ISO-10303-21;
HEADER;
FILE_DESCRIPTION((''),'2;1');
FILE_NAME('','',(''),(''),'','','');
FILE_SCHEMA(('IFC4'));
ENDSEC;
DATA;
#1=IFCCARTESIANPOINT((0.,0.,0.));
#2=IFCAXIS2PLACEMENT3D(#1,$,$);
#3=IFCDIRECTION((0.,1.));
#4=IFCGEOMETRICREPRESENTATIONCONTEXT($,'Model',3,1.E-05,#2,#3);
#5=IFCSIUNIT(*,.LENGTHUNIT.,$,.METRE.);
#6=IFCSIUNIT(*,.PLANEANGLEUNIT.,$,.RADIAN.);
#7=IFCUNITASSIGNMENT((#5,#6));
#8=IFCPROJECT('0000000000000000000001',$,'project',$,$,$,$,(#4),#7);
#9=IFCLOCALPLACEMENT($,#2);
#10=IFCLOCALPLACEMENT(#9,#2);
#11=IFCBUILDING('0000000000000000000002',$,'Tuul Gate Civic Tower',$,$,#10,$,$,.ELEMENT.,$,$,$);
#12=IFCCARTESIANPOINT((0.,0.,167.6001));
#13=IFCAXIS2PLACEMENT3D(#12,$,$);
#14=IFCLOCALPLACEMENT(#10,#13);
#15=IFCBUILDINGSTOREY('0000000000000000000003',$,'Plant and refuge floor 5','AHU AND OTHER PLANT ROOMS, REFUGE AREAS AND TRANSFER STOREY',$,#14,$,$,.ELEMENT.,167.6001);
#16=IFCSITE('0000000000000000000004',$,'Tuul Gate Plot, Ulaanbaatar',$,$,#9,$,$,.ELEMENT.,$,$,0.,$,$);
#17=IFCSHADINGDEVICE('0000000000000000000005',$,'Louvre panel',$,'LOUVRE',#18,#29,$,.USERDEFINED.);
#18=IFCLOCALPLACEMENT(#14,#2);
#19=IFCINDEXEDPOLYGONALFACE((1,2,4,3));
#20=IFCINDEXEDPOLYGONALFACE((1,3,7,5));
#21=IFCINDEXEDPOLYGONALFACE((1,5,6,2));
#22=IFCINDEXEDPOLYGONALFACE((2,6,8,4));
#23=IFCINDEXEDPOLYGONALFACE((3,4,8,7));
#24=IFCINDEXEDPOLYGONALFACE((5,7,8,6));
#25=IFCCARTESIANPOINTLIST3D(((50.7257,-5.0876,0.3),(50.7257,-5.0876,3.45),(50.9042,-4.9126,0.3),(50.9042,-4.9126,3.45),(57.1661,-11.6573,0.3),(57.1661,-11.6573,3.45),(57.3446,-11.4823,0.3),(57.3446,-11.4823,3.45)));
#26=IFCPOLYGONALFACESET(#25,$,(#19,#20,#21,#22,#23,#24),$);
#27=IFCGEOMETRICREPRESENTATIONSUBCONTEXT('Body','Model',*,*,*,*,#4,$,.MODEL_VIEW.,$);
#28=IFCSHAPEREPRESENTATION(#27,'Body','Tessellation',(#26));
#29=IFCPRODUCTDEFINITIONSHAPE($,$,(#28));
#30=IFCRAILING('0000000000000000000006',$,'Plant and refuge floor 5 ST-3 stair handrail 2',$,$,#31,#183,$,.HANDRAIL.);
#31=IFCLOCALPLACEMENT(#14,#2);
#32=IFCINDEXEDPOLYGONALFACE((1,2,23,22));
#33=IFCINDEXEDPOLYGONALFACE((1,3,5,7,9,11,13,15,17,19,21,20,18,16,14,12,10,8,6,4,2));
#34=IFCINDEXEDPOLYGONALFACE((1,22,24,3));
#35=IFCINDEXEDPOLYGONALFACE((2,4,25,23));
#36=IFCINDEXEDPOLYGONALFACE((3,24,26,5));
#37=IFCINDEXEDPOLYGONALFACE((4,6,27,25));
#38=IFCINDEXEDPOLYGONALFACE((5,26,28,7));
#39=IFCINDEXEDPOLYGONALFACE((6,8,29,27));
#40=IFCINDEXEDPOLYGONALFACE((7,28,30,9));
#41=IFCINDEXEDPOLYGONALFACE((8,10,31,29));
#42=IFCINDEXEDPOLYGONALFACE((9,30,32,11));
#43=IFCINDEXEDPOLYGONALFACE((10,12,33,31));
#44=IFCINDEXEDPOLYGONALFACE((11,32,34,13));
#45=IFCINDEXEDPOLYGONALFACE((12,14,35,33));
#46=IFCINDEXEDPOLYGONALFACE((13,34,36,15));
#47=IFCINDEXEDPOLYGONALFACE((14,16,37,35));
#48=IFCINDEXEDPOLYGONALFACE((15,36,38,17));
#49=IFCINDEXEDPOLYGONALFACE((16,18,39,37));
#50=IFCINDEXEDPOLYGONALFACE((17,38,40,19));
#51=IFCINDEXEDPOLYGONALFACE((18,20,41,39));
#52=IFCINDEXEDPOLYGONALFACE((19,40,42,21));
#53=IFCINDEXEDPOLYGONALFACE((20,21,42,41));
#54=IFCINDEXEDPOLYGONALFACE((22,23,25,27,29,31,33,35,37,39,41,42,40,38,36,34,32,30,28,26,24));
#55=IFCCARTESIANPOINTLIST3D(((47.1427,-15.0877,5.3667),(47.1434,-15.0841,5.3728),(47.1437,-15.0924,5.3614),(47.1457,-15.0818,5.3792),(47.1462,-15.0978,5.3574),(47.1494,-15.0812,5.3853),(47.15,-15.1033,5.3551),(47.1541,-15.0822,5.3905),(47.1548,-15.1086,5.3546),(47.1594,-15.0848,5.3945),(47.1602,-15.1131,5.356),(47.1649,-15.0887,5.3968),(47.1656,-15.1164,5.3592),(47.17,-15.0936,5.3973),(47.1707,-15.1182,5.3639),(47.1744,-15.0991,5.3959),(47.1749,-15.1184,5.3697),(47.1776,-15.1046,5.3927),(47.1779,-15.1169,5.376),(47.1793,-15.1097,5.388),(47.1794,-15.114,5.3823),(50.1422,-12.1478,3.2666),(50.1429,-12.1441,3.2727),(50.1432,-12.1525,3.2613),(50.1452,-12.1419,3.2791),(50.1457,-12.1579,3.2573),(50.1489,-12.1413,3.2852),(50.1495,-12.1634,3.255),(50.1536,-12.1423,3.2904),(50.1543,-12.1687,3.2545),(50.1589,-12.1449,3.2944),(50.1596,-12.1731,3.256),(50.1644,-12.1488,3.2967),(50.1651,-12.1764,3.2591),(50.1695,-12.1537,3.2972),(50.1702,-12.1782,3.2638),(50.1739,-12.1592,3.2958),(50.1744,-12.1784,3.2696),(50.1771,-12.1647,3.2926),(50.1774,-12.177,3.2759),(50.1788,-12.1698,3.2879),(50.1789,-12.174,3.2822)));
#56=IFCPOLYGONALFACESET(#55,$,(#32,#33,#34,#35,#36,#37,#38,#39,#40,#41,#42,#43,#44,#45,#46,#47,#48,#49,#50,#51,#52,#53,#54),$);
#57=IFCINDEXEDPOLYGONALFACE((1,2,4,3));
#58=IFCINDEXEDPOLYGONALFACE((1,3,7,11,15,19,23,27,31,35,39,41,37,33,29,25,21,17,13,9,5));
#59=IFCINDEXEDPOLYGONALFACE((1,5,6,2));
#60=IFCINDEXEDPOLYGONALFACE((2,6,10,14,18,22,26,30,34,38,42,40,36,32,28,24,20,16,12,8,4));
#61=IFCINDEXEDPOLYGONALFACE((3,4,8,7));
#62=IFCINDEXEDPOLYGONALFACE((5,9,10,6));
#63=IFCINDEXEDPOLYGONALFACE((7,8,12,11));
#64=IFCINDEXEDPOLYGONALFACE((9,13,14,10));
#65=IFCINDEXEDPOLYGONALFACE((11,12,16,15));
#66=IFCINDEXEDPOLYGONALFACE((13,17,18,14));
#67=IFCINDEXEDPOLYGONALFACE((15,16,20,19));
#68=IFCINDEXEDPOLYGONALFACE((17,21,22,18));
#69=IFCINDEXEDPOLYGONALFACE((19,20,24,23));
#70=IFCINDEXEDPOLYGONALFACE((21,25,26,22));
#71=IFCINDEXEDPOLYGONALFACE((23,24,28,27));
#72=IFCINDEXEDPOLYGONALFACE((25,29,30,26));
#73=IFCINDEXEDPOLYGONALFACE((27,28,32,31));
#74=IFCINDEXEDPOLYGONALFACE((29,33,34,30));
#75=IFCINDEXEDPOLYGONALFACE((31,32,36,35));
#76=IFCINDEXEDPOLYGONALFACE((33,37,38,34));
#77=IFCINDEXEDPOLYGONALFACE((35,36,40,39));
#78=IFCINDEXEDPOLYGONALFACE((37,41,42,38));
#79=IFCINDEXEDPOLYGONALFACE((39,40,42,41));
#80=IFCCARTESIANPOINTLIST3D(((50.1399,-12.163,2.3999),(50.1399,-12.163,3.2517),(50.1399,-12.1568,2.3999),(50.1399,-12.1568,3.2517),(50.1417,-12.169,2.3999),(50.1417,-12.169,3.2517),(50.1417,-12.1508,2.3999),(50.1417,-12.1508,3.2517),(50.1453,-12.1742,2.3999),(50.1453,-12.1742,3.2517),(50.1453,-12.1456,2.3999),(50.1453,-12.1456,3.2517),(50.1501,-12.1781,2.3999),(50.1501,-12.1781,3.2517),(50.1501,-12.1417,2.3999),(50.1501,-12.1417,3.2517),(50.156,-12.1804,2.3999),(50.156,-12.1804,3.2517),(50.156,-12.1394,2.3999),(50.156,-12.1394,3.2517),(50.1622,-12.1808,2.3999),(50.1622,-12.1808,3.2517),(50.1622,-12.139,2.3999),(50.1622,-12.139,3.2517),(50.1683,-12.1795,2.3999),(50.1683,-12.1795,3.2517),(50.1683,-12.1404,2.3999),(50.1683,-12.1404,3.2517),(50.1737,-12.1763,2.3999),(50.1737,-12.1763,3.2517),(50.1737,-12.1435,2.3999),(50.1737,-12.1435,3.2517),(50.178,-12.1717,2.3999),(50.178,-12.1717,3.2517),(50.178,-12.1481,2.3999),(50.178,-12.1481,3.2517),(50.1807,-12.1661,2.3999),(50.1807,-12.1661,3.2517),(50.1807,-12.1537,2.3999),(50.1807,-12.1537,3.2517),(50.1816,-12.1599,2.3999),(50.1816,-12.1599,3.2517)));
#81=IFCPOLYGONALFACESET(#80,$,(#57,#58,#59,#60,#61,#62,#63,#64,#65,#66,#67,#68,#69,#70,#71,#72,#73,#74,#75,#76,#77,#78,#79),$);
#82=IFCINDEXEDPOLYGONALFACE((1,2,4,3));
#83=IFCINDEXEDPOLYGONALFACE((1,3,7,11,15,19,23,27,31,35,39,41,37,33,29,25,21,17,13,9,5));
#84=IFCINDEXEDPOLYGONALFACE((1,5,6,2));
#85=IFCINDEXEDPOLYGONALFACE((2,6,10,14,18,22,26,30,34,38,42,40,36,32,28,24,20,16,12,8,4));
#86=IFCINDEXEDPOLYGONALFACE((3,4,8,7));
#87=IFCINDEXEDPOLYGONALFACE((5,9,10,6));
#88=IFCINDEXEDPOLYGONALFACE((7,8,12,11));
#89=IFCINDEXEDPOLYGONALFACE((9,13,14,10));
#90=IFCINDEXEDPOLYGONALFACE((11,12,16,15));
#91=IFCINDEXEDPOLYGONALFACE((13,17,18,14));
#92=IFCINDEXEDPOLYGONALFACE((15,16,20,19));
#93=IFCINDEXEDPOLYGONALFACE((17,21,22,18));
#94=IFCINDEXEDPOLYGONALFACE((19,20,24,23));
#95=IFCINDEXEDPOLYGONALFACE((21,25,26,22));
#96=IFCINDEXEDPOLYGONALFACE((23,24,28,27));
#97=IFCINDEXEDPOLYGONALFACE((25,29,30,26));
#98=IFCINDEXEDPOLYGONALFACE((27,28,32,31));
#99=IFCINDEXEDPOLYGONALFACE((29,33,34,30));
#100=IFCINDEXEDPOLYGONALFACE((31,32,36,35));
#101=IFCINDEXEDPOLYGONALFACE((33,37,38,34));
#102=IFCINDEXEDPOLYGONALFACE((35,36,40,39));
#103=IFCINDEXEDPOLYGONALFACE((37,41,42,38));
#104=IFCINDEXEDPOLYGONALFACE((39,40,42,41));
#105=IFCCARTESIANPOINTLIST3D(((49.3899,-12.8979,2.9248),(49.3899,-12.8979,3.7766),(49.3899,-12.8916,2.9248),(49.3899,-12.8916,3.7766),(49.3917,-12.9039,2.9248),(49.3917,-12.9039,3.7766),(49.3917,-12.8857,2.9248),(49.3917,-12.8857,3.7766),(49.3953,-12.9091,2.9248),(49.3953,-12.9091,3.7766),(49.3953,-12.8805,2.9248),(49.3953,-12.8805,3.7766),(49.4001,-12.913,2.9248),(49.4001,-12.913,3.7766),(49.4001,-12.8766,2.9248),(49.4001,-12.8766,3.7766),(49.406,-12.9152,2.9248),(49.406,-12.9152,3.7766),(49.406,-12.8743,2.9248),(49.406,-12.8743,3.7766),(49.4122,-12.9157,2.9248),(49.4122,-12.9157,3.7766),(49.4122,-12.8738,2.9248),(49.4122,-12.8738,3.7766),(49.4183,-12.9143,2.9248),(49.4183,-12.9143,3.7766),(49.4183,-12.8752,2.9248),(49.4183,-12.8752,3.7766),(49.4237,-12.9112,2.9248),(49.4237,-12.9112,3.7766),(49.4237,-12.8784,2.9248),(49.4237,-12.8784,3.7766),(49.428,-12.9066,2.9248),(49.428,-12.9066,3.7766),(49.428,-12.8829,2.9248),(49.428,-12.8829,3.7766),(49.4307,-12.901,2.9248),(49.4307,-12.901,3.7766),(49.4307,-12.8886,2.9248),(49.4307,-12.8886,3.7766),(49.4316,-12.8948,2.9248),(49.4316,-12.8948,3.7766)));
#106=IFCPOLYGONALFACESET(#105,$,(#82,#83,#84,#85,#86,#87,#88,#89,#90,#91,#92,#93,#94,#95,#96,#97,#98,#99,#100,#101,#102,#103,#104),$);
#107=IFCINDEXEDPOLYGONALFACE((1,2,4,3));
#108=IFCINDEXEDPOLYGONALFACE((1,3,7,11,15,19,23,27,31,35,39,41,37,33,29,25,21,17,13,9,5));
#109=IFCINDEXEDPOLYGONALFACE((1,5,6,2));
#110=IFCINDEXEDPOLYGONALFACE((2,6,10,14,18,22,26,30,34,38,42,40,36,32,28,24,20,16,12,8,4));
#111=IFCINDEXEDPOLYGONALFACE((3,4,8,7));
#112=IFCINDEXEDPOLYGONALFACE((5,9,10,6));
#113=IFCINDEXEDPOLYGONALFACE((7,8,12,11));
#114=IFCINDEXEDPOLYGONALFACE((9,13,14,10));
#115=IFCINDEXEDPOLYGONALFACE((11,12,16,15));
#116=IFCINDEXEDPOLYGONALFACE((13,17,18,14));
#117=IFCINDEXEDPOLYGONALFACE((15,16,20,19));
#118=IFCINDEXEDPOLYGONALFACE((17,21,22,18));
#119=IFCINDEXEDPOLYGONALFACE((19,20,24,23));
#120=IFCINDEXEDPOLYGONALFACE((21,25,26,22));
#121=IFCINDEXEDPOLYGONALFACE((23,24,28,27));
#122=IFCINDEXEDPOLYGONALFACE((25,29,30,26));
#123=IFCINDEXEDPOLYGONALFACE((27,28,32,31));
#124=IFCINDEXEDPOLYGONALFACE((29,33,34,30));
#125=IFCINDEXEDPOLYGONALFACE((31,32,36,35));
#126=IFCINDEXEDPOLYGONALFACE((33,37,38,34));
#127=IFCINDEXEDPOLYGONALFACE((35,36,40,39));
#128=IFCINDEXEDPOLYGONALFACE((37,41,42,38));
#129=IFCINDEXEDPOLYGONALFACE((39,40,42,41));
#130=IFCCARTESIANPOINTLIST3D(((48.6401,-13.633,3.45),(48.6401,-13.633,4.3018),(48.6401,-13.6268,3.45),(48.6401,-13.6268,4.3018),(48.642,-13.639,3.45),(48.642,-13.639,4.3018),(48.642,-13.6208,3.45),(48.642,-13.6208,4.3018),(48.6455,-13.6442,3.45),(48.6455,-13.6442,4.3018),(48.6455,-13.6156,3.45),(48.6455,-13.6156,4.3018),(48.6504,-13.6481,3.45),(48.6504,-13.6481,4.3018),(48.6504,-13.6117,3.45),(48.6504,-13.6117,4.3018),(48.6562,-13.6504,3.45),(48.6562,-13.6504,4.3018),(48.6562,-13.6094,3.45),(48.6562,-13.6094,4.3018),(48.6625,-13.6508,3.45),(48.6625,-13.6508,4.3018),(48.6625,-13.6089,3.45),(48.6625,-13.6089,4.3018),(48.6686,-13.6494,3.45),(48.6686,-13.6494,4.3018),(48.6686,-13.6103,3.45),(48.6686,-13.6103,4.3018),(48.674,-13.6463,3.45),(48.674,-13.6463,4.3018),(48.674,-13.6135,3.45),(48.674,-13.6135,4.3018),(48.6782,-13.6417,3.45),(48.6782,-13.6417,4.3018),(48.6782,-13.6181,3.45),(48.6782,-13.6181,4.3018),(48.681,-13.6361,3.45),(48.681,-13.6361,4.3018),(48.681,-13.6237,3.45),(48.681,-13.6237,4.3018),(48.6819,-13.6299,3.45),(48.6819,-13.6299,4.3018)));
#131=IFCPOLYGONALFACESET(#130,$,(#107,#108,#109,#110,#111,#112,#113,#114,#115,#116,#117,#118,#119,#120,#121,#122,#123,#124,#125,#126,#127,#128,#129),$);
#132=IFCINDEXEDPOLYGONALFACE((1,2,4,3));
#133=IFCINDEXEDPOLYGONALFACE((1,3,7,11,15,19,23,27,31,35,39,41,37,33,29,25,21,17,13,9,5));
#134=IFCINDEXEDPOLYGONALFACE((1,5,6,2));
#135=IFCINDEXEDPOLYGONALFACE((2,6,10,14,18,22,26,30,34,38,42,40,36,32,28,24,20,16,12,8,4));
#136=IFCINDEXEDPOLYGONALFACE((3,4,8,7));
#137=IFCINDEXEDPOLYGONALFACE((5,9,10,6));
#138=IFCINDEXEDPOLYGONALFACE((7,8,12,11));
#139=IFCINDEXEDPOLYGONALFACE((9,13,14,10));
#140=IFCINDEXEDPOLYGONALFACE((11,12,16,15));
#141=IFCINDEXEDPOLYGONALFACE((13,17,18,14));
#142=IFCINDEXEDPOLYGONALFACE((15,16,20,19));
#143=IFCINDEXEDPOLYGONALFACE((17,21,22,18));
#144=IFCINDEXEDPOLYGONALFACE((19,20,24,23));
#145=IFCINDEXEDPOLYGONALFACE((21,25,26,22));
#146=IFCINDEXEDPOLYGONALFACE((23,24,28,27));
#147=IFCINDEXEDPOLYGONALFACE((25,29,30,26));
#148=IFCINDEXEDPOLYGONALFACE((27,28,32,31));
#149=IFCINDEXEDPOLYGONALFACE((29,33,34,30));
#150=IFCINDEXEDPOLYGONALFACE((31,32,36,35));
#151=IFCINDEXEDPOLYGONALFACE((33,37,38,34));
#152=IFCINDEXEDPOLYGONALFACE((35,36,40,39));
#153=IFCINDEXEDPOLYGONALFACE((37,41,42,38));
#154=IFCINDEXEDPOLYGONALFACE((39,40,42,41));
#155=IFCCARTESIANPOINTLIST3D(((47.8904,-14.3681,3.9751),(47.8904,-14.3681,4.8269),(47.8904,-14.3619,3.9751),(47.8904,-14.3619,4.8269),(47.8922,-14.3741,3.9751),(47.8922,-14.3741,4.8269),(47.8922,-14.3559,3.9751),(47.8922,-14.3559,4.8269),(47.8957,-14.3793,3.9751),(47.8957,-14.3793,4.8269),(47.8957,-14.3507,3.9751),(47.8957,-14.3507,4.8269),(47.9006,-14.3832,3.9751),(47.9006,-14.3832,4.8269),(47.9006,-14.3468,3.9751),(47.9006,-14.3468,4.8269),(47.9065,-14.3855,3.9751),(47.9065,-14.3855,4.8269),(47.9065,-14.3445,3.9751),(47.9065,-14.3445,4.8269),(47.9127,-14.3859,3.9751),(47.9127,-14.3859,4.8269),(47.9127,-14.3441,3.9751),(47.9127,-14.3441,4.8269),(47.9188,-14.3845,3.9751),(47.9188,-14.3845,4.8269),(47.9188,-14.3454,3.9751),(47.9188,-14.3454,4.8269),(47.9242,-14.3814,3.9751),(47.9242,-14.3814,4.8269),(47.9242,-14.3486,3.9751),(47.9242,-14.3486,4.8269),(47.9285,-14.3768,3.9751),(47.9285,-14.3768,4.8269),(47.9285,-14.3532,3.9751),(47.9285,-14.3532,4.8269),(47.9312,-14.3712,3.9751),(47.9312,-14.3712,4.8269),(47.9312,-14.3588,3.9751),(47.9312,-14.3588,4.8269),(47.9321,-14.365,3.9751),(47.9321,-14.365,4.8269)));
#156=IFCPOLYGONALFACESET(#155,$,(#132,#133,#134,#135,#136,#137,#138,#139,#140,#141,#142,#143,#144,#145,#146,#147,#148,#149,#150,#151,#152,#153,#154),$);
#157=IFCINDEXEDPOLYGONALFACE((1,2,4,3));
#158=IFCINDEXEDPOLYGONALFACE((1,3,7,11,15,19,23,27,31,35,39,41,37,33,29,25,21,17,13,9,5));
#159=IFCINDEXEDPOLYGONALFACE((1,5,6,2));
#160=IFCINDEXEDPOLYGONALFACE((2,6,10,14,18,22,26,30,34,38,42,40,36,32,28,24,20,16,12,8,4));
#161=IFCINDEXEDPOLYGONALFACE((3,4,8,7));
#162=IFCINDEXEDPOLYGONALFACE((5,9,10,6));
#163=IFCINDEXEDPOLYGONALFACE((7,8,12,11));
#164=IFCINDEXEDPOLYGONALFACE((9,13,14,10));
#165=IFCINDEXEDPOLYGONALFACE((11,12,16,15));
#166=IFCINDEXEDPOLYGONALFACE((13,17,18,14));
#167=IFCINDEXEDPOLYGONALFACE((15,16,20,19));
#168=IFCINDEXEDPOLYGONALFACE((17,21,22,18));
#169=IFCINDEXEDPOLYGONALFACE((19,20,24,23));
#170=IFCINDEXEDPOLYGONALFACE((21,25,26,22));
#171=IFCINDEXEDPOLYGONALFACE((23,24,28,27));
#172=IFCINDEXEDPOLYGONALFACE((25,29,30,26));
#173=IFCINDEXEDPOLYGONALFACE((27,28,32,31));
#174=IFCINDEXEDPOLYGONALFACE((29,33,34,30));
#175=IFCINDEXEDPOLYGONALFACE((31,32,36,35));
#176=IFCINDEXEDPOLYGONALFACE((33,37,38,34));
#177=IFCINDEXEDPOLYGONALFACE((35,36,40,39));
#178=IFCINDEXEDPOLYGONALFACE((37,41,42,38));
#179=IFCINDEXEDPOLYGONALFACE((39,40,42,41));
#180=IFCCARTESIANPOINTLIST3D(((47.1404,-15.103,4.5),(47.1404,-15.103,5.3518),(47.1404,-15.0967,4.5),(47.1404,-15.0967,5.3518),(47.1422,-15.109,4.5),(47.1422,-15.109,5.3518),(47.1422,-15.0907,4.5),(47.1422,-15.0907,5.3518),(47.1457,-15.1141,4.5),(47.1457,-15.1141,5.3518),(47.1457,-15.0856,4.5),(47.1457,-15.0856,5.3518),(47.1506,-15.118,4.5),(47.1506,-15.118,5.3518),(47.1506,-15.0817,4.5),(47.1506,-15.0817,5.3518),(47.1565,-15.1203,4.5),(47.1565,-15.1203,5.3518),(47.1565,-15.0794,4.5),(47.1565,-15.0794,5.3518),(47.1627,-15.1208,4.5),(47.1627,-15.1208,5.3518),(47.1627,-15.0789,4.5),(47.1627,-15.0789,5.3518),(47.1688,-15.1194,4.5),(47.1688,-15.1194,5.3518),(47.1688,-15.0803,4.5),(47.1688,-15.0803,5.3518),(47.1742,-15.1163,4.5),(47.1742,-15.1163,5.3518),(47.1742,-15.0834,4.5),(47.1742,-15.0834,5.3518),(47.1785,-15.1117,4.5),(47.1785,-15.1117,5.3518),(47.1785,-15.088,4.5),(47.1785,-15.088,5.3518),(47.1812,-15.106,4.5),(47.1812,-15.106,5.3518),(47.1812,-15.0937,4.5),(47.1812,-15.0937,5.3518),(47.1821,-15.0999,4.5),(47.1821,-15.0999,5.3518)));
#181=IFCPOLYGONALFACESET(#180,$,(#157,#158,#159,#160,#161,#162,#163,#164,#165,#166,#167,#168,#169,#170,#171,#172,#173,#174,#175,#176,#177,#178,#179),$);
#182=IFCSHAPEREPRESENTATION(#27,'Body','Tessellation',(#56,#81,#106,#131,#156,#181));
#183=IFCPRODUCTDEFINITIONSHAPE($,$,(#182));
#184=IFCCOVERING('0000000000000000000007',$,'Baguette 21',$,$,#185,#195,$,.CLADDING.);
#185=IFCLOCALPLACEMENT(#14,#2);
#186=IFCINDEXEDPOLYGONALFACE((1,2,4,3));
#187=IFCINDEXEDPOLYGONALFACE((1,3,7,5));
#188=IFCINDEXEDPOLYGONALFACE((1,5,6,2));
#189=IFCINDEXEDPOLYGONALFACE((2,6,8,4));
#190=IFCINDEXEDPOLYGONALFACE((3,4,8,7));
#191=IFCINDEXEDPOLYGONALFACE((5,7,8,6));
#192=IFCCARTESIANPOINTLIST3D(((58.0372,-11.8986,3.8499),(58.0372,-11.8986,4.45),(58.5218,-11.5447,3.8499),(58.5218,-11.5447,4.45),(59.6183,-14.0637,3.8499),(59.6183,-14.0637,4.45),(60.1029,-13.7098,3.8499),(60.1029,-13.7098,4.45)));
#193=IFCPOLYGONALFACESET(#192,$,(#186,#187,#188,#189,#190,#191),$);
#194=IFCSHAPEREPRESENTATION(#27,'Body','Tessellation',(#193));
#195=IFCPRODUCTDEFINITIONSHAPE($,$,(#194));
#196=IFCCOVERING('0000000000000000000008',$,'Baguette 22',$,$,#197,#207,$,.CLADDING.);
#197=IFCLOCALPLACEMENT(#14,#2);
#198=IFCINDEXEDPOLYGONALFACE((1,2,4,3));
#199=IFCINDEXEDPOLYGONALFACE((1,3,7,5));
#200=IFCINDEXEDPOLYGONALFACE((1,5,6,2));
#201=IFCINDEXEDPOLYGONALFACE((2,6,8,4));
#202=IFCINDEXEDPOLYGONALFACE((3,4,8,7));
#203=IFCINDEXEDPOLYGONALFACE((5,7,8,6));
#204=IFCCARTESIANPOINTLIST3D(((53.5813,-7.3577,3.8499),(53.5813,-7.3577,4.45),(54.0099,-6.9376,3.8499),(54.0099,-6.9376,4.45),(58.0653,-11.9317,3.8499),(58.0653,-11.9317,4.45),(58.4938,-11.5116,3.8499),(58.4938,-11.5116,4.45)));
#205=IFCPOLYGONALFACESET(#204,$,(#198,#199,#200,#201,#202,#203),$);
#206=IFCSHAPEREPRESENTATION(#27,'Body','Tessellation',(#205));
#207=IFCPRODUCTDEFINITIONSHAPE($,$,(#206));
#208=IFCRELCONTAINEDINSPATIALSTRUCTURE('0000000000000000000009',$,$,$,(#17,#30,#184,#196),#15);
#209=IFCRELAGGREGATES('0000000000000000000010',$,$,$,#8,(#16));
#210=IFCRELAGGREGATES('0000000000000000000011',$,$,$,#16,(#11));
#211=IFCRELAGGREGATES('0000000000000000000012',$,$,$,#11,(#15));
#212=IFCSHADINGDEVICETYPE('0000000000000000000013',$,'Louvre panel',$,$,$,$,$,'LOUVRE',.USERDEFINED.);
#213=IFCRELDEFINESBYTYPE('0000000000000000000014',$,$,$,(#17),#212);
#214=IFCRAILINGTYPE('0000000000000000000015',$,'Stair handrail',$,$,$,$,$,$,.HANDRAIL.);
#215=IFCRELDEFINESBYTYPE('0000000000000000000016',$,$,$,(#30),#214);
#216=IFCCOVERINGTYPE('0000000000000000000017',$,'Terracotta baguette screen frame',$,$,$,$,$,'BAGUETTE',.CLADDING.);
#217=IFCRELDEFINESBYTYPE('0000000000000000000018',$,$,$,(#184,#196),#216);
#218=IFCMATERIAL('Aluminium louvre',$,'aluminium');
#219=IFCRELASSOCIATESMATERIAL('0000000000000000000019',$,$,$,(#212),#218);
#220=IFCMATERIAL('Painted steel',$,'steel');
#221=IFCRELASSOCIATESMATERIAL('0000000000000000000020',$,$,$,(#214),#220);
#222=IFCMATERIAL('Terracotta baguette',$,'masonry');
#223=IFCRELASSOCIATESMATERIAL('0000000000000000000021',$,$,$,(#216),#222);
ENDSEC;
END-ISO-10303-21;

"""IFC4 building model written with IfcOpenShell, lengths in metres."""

from ifc_helpers import new_model, si_unit, direction, frame, origin, origin_2d, place, context, subcontext, project, spatial, rectangle, circle, extrude, material, material_profile, profile_set, type_object, element, save


model = new_model("IFC4")

# Units and contexts
model_context = context("Model", 3, precision=1e-05, world=origin(), true_north=direction((0.0, 1.0)))
body_context = subcontext(model_context, "Body", "Model", "MODEL_VIEW")
ifc_project = project(units=[si_unit("LENGTHUNIT", "METRE"), si_unit("PLANEANGLEUNIT", "RADIAN")], contexts=[model_context])

# Site, building, storey
site_placement = place(None, origin())
site = spatial("IfcSite", under=ifc_project, at=site_placement, Name="Tuul Gate Plot, Ulaanbaatar", CompositionType="ELEMENT", RefElevation=0.0)
building_placement = place(site_placement, origin())
building = spatial("IfcBuilding", under=site, at=building_placement, Name="Tuul Gate Civic Tower", CompositionType="ELEMENT")
storey_placement = place(building_placement, frame((0.0, 0.0, 167.6001)))
storey = spatial("IfcBuildingStorey", under=building, at=storey_placement, Name="Plant and refuge floor 5", Description="AHU AND OTHER PLANT ROOMS, REFUGE AREAS AND TRANSFER STOREY", CompositionType="ELEMENT", Elevation=167.6001)

# Shading device
ifc_material_1 = material(Name="Aluminium louvre", Category="aluminium")
shading_device_type = type_object("IfcShadingDeviceType", Name="Louvre panel", ElementType="LOUVRE", PredefinedType="USERDEFINED", material=ifc_material_1)
shading_device_1_placement = place(storey_placement, frame((54.0352, -8.2849, 0.3), z_axis=(0.0, 0.0, 1.0), x_axis=(0.7141, 0.700043, 0.0)))
element("IfcShadingDevice", 1, at=shading_device_1_placement, inside=storey, type_object=shading_device_type, Name="Louvre panel", ObjectType="LOUVRE", PredefinedType="USERDEFINED", context=body_context, shape_type="SweptSolid", body=[
    extrude(rectangle(XDim=0.25, YDim=9.2, at=origin_2d()), origin(), (0.0, 0.0, 1.0), 3.1499),
])

# Railing
ifc_material_2 = material(Name="Painted steel", Category="steel")
railing_type = type_object("IfcRailingType", Name="Stair handrail", PredefinedType="HANDRAIL", material=ifc_material_2)
railing_placement = place(storey_placement, frame((50.1606, -12.1599, 2.3999)))
element("IfcRailing", 2, at=railing_placement, inside=storey, type_object=railing_type, Name="Plant and refuge floor 5 ST-3 stair handrail 2", PredefinedType="HANDRAIL", context=body_context, shape_type="SweptSolid", body=[
    extrude(circle(Radius=0.0239, at=origin_2d()), frame((0.0, 0.0, 0.876), z_axis=(-0.638762, -0.626076, 0.447227), x_axis=(0.69998, -0.714163, 0.0)), (0.0, 0.0, 1.0), 4.6958),
    extrude(circle(Radius=0.021, at=origin_2d()), origin(), (0.0, 0.0, 1.0), 0.8518),
    extrude(circle(Radius=0.021, at=origin_2d()), frame((-0.75, -0.7349, 0.5249)), (0.0, 0.0, 1.0), 0.8518),
    extrude(circle(Radius=0.021, at=origin_2d()), frame((-1.4998, -1.47, 1.05)), (0.0, 0.0, 1.0), 0.8518),
    extrude(circle(Radius=0.021, at=origin_2d()), frame((-2.2495, -2.2051, 1.5752)), (0.0, 0.0, 1.0), 0.8518),
    extrude(circle(Radius=0.021, at=origin_2d()), frame((-2.9995, -2.9399, 2.1001)), (0.0, 0.0, 1.0), 0.8518),
])

# Coverings
ifc_material_3 = material(Name="Terracotta baguette", Category="masonry")
ifc_material_profile_1 = material_profile(ifc_material_3, rectangle(XDim=0.6001, YDim=0.6001, at=origin_2d()), Name="Terracotta baguette screen frame")
ifc_profile_set_1 = profile_set([ifc_material_profile_1], Name="Terracotta baguette")
covering_type = type_object("IfcCoveringType", Name="Terracotta baguette screen frame", ElementType="BAGUETTE", PredefinedType="CLADDING", material=ifc_profile_set_1)
covering_1_placement = place(storey_placement, frame((59.8606, -13.8867, 4.1499), z_axis=(-0.589752, 0.807585, 0.0), x_axis=(-0.807585, -0.589752, 0.0)))
element("IfcCovering", 3, at=covering_1_placement, inside=storey, type_object=covering_type, Name="Baguette 21", PredefinedType="CLADDING", context=body_context, shape_type="SweptSolid", body=[
    extrude(rectangle(XDim=0.6001, YDim=0.6001, at=origin_2d()), origin(), (0.0, 0.0, 1.0), 2.6809),
])
covering_2_placement = place(storey_placement, frame((58.2795, -11.7217, 4.1499), z_axis=(-0.700039, 0.714104, 0.0), x_axis=(-0.714104, -0.700039, 0.0)))
element("IfcCovering", 4, at=covering_2_placement, inside=storey, type_object=covering_type, Name="Baguette 22", PredefinedType="CLADDING", context=body_context, shape_type="SweptSolid", body=[
    extrude(rectangle(XDim=0.6001, YDim=0.6001, at=origin_2d()), origin(), (0.0, 0.0, 1.0), 6.4053),
])

save(model, "model.ifc")
